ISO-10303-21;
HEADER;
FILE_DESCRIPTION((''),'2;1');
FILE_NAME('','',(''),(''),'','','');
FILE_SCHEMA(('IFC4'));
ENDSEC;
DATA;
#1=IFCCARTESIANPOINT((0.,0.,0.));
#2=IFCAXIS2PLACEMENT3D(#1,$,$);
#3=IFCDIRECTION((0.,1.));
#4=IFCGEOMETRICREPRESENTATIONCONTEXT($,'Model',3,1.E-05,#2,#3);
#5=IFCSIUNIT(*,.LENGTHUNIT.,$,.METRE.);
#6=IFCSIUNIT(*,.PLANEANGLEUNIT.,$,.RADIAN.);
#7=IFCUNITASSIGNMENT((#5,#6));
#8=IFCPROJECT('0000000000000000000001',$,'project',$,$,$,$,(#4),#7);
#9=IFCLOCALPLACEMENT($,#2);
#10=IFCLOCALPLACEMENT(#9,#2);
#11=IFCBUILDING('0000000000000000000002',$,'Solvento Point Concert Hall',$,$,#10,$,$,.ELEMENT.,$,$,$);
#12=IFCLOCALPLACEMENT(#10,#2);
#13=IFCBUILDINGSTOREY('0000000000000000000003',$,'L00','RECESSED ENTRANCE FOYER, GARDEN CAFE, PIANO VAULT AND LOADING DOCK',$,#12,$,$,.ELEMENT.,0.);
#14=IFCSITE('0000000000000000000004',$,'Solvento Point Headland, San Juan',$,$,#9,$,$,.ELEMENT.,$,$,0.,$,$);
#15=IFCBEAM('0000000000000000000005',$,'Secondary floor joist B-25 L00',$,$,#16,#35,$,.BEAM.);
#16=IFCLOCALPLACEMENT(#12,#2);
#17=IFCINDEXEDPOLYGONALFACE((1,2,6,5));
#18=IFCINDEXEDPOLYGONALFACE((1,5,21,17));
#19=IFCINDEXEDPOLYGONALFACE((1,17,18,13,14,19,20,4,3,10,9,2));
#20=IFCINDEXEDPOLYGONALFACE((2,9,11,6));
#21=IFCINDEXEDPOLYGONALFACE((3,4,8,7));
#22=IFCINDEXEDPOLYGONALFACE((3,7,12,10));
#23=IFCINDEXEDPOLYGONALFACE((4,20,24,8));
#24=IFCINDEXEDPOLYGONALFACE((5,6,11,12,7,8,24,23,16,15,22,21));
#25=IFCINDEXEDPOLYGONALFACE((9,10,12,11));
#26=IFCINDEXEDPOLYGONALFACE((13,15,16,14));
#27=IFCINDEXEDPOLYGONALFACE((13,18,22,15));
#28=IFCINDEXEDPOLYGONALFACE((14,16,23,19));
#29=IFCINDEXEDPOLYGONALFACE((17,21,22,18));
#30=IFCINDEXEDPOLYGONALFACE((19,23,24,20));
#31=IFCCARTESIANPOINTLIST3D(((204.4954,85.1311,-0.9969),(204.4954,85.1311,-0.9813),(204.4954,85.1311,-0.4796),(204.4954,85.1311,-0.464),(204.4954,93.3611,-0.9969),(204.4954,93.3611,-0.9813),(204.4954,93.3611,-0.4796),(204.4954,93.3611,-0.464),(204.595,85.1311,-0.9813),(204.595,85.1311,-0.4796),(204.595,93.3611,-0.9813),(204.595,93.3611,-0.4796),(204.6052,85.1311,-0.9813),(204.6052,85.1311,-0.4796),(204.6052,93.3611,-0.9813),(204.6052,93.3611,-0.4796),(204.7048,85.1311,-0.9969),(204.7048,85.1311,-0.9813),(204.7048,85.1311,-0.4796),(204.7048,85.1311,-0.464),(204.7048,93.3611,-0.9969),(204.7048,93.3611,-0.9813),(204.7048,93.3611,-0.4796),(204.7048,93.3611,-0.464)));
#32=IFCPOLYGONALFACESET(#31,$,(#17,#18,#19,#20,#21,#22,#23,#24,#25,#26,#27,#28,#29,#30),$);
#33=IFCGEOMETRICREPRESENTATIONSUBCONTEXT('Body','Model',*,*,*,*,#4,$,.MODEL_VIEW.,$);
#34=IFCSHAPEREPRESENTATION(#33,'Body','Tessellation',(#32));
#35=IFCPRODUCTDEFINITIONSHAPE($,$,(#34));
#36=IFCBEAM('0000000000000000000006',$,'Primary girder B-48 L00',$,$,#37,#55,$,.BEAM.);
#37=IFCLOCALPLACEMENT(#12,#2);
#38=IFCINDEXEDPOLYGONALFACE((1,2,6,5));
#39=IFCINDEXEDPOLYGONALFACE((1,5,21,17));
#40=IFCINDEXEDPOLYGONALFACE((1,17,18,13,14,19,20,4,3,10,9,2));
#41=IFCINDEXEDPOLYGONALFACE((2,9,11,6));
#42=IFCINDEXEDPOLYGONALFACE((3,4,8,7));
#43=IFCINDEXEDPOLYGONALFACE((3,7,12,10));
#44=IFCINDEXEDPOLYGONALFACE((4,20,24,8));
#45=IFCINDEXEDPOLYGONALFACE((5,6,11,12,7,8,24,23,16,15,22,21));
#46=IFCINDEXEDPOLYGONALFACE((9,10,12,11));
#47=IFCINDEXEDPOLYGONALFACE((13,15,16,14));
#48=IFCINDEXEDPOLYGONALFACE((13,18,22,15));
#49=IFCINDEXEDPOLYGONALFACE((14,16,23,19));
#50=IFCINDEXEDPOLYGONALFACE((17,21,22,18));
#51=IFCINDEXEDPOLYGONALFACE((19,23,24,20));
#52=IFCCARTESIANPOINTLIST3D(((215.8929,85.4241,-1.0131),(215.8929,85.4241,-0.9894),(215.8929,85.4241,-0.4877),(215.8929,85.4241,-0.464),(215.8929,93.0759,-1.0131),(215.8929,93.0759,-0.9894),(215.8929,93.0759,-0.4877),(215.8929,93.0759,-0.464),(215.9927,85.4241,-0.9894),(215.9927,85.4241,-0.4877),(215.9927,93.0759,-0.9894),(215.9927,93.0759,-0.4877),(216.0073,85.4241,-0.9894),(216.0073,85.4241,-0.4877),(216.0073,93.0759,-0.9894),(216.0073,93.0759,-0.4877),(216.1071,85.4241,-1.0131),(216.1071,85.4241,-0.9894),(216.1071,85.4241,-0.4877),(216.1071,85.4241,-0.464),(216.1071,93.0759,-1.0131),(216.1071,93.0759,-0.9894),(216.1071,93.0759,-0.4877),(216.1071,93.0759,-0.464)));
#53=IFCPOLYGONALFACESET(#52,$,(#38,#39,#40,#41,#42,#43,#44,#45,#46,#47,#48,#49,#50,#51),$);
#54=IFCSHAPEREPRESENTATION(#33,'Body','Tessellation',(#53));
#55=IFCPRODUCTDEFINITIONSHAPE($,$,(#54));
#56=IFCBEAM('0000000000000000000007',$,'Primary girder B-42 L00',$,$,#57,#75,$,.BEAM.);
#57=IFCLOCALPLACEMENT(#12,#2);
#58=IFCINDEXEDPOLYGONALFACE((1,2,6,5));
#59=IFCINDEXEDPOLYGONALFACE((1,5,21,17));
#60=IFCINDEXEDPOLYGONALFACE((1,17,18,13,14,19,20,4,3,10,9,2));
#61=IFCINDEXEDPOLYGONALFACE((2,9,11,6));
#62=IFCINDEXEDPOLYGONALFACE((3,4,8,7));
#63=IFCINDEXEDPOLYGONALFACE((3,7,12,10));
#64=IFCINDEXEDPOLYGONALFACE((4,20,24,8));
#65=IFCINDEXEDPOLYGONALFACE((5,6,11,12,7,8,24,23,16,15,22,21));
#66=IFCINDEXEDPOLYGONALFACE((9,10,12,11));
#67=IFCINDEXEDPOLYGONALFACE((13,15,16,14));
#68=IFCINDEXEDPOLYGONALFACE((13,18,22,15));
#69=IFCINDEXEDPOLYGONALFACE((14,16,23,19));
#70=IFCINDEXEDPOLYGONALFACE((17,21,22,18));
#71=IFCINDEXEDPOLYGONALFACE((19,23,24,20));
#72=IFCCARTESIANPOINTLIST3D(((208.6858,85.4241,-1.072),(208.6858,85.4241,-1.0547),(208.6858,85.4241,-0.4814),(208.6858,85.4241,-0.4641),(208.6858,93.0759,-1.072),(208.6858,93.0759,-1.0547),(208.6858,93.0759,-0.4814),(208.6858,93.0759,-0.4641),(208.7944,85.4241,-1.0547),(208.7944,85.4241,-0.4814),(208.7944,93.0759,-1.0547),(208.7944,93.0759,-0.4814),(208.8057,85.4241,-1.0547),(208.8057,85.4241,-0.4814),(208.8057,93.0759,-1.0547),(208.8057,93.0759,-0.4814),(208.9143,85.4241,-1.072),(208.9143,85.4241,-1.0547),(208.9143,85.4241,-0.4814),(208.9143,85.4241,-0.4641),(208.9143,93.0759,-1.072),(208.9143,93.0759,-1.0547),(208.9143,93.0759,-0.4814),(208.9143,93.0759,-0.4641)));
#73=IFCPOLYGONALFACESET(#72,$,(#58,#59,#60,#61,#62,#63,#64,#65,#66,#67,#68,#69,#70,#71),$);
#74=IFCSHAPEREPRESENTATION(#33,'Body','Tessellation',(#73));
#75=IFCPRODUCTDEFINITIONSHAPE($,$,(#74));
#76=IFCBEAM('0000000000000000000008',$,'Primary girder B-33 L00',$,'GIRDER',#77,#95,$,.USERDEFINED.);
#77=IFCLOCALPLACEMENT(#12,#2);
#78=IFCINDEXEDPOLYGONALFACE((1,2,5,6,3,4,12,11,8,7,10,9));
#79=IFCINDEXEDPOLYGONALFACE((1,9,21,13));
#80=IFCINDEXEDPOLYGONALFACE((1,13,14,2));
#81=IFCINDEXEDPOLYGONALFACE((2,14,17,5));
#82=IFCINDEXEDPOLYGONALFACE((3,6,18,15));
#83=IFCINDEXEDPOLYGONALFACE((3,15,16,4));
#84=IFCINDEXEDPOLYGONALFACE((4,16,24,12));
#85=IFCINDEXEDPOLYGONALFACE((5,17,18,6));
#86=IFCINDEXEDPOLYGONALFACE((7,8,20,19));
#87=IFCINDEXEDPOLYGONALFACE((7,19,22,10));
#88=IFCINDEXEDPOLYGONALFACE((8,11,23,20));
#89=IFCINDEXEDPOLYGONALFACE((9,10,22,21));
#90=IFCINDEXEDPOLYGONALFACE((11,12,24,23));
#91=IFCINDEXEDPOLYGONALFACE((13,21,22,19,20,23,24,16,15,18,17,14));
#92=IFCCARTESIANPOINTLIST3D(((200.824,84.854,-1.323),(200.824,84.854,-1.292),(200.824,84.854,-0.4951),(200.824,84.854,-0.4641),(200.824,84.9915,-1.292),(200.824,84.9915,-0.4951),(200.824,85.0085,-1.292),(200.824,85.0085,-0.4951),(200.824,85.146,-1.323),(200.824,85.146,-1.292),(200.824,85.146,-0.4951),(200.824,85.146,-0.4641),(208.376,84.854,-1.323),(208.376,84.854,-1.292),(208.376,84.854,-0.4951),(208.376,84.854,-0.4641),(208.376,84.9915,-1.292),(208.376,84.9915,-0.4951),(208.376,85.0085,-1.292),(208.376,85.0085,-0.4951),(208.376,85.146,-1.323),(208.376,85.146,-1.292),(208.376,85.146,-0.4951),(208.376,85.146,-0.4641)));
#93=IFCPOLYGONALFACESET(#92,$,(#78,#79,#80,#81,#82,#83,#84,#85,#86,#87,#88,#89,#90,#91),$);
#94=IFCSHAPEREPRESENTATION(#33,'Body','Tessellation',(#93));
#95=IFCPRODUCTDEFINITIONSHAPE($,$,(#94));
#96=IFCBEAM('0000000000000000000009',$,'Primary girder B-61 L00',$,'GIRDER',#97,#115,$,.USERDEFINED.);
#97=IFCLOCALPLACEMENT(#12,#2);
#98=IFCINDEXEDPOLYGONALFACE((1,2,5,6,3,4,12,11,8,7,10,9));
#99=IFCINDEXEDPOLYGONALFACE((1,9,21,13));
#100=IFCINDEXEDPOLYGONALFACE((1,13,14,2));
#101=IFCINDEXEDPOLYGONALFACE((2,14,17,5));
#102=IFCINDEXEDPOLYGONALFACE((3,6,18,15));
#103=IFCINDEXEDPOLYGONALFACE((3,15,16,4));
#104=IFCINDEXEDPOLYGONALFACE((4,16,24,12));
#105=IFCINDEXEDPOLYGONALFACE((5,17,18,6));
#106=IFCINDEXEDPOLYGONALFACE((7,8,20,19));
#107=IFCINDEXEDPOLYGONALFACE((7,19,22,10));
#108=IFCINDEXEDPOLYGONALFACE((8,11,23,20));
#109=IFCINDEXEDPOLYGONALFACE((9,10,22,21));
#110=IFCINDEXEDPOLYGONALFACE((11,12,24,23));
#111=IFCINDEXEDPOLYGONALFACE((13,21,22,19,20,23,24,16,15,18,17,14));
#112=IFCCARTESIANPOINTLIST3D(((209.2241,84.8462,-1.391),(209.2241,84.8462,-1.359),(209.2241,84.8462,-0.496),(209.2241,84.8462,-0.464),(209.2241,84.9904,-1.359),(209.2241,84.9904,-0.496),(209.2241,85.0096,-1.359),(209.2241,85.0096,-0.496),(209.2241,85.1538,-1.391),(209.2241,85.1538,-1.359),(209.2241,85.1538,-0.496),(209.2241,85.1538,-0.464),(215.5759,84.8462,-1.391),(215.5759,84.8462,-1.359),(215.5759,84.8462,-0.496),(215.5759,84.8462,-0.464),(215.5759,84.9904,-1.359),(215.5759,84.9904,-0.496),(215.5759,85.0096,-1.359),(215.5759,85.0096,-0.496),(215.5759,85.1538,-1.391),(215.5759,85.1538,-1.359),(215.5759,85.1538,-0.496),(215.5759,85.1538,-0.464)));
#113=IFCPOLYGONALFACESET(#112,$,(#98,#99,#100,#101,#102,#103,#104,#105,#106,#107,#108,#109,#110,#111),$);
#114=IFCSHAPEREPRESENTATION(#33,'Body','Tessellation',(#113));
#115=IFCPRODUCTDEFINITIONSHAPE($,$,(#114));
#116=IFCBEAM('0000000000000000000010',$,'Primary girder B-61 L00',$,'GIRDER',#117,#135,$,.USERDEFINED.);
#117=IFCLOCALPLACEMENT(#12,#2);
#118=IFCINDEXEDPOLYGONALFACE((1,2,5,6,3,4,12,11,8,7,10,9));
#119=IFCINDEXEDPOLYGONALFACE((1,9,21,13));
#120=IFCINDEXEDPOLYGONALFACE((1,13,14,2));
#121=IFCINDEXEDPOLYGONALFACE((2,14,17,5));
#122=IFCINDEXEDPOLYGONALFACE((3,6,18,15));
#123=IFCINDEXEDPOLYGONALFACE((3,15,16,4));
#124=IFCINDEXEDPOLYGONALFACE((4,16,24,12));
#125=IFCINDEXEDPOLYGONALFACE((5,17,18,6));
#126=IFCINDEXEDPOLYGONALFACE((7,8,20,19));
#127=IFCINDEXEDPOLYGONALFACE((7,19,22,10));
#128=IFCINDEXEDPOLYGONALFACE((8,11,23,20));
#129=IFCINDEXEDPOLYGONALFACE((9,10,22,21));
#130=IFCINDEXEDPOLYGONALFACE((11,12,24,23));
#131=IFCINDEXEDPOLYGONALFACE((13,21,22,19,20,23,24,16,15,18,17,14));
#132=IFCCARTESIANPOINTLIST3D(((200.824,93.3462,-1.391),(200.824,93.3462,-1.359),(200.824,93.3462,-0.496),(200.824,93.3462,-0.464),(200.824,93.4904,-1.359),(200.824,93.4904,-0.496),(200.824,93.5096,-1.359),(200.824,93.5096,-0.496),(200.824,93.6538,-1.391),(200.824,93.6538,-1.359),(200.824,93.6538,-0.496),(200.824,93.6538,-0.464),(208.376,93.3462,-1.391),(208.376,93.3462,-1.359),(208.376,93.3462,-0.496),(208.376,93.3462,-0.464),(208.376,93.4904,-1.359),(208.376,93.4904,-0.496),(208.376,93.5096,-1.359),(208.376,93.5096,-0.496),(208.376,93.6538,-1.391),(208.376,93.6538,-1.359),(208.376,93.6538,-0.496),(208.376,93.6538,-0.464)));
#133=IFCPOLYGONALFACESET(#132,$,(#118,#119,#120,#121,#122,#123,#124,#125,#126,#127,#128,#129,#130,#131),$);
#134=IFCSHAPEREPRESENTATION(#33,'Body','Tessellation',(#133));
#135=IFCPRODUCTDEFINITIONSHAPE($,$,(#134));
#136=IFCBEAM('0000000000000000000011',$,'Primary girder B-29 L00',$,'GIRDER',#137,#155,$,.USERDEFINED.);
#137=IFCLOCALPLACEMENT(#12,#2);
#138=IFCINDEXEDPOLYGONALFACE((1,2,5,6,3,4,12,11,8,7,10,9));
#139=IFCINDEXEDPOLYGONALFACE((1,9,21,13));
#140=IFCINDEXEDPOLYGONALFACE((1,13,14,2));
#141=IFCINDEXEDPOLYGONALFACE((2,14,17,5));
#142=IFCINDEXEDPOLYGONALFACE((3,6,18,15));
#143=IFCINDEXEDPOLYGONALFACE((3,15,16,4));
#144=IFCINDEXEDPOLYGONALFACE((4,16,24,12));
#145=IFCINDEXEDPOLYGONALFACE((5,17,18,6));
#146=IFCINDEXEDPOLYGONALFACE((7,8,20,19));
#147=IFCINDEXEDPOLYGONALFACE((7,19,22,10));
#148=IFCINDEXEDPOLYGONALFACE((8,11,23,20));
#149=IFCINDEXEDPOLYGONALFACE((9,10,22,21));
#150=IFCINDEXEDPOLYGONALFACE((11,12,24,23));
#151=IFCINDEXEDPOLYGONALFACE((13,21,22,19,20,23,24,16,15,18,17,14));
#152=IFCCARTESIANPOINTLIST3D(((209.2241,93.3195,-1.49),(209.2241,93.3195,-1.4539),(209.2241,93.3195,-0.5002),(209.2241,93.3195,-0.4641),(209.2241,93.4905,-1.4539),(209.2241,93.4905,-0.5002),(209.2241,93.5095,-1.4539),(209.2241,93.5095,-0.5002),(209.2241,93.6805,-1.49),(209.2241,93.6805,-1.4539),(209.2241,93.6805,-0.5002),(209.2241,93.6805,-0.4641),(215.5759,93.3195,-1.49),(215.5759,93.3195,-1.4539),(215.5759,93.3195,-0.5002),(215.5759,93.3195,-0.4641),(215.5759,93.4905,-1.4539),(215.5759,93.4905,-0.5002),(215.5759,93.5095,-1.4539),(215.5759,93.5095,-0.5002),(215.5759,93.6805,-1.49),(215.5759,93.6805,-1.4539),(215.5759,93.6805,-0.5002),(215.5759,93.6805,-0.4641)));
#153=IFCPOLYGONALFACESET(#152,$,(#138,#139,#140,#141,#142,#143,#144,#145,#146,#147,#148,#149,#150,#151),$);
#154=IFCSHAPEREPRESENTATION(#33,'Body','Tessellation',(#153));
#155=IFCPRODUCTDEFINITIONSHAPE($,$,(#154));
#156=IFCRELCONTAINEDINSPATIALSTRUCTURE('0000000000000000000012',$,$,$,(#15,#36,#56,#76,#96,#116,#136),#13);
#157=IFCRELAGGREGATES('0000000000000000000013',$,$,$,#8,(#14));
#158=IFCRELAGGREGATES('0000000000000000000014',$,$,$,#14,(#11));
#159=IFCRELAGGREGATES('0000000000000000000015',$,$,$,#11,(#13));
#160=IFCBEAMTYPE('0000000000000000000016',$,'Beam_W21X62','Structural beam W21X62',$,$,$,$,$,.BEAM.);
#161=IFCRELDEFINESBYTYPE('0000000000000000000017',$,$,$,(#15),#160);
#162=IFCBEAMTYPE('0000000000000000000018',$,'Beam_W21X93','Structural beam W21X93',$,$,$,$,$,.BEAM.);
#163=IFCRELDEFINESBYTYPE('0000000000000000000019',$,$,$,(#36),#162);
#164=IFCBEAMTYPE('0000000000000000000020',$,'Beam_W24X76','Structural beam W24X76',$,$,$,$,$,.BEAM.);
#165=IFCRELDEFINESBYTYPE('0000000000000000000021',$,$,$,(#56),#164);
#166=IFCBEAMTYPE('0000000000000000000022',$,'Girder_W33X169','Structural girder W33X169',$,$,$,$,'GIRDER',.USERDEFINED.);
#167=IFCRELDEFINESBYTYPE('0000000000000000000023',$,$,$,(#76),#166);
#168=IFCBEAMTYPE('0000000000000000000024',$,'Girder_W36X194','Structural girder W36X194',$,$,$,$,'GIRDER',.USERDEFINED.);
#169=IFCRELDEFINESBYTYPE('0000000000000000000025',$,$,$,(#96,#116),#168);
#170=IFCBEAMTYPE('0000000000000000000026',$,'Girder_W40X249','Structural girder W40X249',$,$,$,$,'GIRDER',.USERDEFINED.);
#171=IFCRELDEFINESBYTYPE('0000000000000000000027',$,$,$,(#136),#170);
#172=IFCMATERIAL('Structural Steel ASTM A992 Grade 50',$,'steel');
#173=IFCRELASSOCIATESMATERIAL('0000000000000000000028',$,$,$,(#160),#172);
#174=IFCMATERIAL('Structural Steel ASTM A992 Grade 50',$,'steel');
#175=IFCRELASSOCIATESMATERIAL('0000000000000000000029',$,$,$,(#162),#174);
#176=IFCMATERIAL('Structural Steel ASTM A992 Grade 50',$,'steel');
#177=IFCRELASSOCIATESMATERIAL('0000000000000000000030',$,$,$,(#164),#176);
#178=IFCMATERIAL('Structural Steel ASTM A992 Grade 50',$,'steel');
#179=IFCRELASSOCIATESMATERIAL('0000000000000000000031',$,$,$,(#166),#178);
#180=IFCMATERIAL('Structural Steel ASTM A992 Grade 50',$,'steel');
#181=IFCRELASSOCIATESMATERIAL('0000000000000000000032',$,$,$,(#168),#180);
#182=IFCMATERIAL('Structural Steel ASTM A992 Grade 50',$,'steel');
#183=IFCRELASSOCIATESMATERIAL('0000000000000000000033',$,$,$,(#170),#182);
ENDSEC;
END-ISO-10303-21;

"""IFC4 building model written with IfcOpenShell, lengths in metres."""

from ifc_helpers import new_model, si_unit, direction, frame, origin, origin_2d, place, context, subcontext, project, spatial, i_section, extrude, material, material_profile, profile_set, type_object, element, save


model = new_model("IFC4")

# Units and contexts
model_context = context("Model", 3, precision=1e-05, world=origin(), true_north=direction((0.0, 1.0)))
body_context = subcontext(model_context, "Body", "Model", "MODEL_VIEW")
ifc_project = project(units=[si_unit("LENGTHUNIT", "METRE"), si_unit("PLANEANGLEUNIT", "RADIAN")], contexts=[model_context])

# Site, building, storey
site_placement = place(None, origin())
site = spatial("IfcSite", under=ifc_project, at=site_placement, Name="Solvento Point Headland, San Juan", CompositionType="ELEMENT", RefElevation=0.0)
building_placement = place(site_placement, origin())
building = spatial("IfcBuilding", under=site, at=building_placement, Name="Solvento Point Concert Hall", CompositionType="ELEMENT")
storey_placement = place(building_placement, origin())
storey = spatial("IfcBuildingStorey", under=building, at=storey_placement, Name="L00", Description="RECESSED ENTRANCE FOYER, GARDEN CAFE, PIANO VAULT AND LOADING DOCK", CompositionType="ELEMENT", Elevation=0.0)

# Beams
ifc_material_1 = material(Name="Structural Steel ASTM A992 Grade 50", Category="steel")
ifc_material_profile_1 = material_profile(ifc_material_1, i_section(OverallWidth=0.2095, OverallDepth=0.533, WebThickness=0.0103, FlangeThickness=0.0156, at=origin_2d()), Name="W21X62")
ifc_profile_set_1 = profile_set([ifc_material_profile_1], Name="Structural Steel ASTM A992 Grade 50")
beam_type_1 = type_object("IfcBeamType", Name="Beam_W21X62", Description="Structural beam W21X62", PredefinedType="BEAM", material=ifc_profile_set_1)
beam_1_placement = place(storey_placement, frame((204.6001, 85.1311, -0.7305), z_axis=(0.0, 1.0, 0.0), x_axis=(-1.0, 0.0, 0.0)))
element("IfcBeam", 1, at=beam_1_placement, inside=storey, type_object=beam_type_1, Name="Secondary floor joist B-25 L00", PredefinedType="BEAM", context=body_context, shape_type="SweptSolid", body=[
    extrude(i_section(OverallWidth=0.2095, OverallDepth=0.533, WebThickness=0.0103, FlangeThickness=0.0156, at=origin_2d()), origin(), (0.0, 0.0, 1.0), 8.23),
])
ifc_material_2 = material(Name="Structural Steel ASTM A992 Grade 50", Category="steel")
ifc_material_profile_2 = material_profile(ifc_material_2, i_section(OverallWidth=0.2141, OverallDepth=0.5491, WebThickness=0.0146, FlangeThickness=0.0237, at=origin_2d()), Name="W21X93")
ifc_profile_set_2 = profile_set([ifc_material_profile_2], Name="Structural Steel ASTM A992 Grade 50")
beam_type_2 = type_object("IfcBeamType", Name="Beam_W21X93", Description="Structural beam W21X93", PredefinedType="BEAM", material=ifc_profile_set_2)
beam_2_placement = place(storey_placement, frame((216.0, 85.4241, -0.7385), z_axis=(0.0, 1.0, 0.0), x_axis=(-1.0, 0.0, 0.0)))
element("IfcBeam", 2, at=beam_2_placement, inside=storey, type_object=beam_type_2, Name="Primary girder B-48 L00", PredefinedType="BEAM", context=body_context, shape_type="SweptSolid", body=[
    extrude(i_section(OverallWidth=0.2141, OverallDepth=0.5491, WebThickness=0.0146, FlangeThickness=0.0237, at=origin_2d()), origin(), (0.0, 0.0, 1.0), 7.6519),
])
ifc_material_3 = material(Name="Structural Steel ASTM A992 Grade 50", Category="steel")
ifc_material_profile_3 = material_profile(ifc_material_3, i_section(OverallWidth=0.2285, OverallDepth=0.6079, WebThickness=0.0112, FlangeThickness=0.0173, at=origin_2d()), Name="W24X76")
ifc_profile_set_3 = profile_set([ifc_material_profile_3], Name="Structural Steel ASTM A992 Grade 50")
beam_type_3 = type_object("IfcBeamType", Name="Beam_W24X76", Description="Structural beam W24X76", PredefinedType="BEAM", material=ifc_profile_set_3)
beam_3_placement = place(storey_placement, frame((208.8, 85.4241, -0.7681), z_axis=(0.0, 1.0, 0.0), x_axis=(-1.0, 0.0, 0.0)))
element("IfcBeam", 3, at=beam_3_placement, inside=storey, type_object=beam_type_3, Name="Primary girder B-42 L00", PredefinedType="BEAM", context=body_context, shape_type="SweptSolid", body=[
    extrude(i_section(OverallWidth=0.2285, OverallDepth=0.6079, WebThickness=0.0112, FlangeThickness=0.0173, at=origin_2d()), origin(), (0.0, 0.0, 1.0), 7.6519),
])
ifc_material_4 = material(Name="Structural Steel ASTM A992 Grade 50", Category="steel")
ifc_material_profile_4 = material_profile(ifc_material_4, i_section(OverallWidth=0.292, OverallDepth=0.8589, WebThickness=0.0171, FlangeThickness=0.031, at=origin_2d()), Name="W33X169")
ifc_profile_set_4 = profile_set([ifc_material_profile_4], Name="Structural Steel ASTM A992 Grade 50")
beam_type_4 = type_object("IfcBeamType", Name="Girder_W33X169", Description="Structural girder W33X169", ElementType="GIRDER", PredefinedType="USERDEFINED", material=ifc_profile_set_4)
beam_4_placement = place(storey_placement, frame((200.824, 85.0, -0.8936), z_axis=(1.0, 0.0, 0.0), x_axis=(0.0, 1.0, 0.0)))
element("IfcBeam", 4, at=beam_4_placement, inside=storey, type_object=beam_type_4, Name="Primary girder B-33 L00", ObjectType="GIRDER", PredefinedType="USERDEFINED", context=body_context, shape_type="SweptSolid", body=[
    extrude(i_section(OverallWidth=0.292, OverallDepth=0.8589, WebThickness=0.0171, FlangeThickness=0.031, at=origin_2d()), origin(), (0.0, 0.0, 1.0), 7.552),
])
ifc_material_5 = material(Name="Structural Steel ASTM A992 Grade 50", Category="steel")
ifc_material_profile_5 = material_profile(ifc_material_5, i_section(OverallWidth=0.3076, OverallDepth=0.927, WebThickness=0.0193, FlangeThickness=0.032, at=origin_2d()), Name="W36X194")
ifc_profile_set_5 = profile_set([ifc_material_profile_5], Name="Structural Steel ASTM A992 Grade 50")
beam_type_5 = type_object("IfcBeamType", Name="Girder_W36X194", Description="Structural girder W36X194", ElementType="GIRDER", PredefinedType="USERDEFINED", material=ifc_profile_set_5)
beam_5_placement = place(storey_placement, frame((209.2241, 85.0, -0.9275), z_axis=(1.0, 0.0, 0.0), x_axis=(0.0, 1.0, 0.0)))
element("IfcBeam", 5, at=beam_5_placement, inside=storey, type_object=beam_type_5, Name="Primary girder B-61 L00", ObjectType="GIRDER", PredefinedType="USERDEFINED", context=body_context, shape_type="SweptSolid", body=[
    extrude(i_section(OverallWidth=0.3076, OverallDepth=0.927, WebThickness=0.0193, FlangeThickness=0.032, at=origin_2d()), origin(), (0.0, 0.0, 1.0), 6.3518),
])
beam_6_placement = place(storey_placement, frame((200.824, 93.5, -0.9275), z_axis=(1.0, 0.0, 0.0), x_axis=(0.0, 1.0, 0.0)))
element("IfcBeam", 6, at=beam_6_placement, inside=storey, type_object=beam_type_5, Name="Primary girder B-61 L00", ObjectType="GIRDER", PredefinedType="USERDEFINED", context=body_context, shape_type="SweptSolid", body=[
    extrude(i_section(OverallWidth=0.3076, OverallDepth=0.927, WebThickness=0.0193, FlangeThickness=0.032, at=origin_2d()), origin(), (0.0, 0.0, 1.0), 7.552),
])
ifc_material_6 = material(Name="Structural Steel ASTM A992 Grade 50", Category="steel")
ifc_material_profile_6 = material_profile(ifc_material_6, i_section(OverallWidth=0.3611, OverallDepth=1.0259, WebThickness=0.019, FlangeThickness=0.0361, at=origin_2d()), Name="W40X249")
ifc_profile_set_6 = profile_set([ifc_material_profile_6], Name="Structural Steel ASTM A992 Grade 50")
beam_type_6 = type_object("IfcBeamType", Name="Girder_W40X249", Description="Structural girder W40X249", ElementType="GIRDER", PredefinedType="USERDEFINED", material=ifc_profile_set_6)
beam_7_placement = place(storey_placement, frame((209.2241, 93.5, -0.9771), z_axis=(1.0, 0.0, 0.0), x_axis=(0.0, 1.0, 0.0)))
element("IfcBeam", 7, at=beam_7_placement, inside=storey, type_object=beam_type_6, Name="Primary girder B-29 L00", ObjectType="GIRDER", PredefinedType="USERDEFINED", context=body_context, shape_type="SweptSolid", body=[
    extrude(i_section(OverallWidth=0.3611, OverallDepth=1.0259, WebThickness=0.019, FlangeThickness=0.0361, at=origin_2d()), origin(), (0.0, 0.0, 1.0), 6.3518),
])

save(model, "model.ifc")
